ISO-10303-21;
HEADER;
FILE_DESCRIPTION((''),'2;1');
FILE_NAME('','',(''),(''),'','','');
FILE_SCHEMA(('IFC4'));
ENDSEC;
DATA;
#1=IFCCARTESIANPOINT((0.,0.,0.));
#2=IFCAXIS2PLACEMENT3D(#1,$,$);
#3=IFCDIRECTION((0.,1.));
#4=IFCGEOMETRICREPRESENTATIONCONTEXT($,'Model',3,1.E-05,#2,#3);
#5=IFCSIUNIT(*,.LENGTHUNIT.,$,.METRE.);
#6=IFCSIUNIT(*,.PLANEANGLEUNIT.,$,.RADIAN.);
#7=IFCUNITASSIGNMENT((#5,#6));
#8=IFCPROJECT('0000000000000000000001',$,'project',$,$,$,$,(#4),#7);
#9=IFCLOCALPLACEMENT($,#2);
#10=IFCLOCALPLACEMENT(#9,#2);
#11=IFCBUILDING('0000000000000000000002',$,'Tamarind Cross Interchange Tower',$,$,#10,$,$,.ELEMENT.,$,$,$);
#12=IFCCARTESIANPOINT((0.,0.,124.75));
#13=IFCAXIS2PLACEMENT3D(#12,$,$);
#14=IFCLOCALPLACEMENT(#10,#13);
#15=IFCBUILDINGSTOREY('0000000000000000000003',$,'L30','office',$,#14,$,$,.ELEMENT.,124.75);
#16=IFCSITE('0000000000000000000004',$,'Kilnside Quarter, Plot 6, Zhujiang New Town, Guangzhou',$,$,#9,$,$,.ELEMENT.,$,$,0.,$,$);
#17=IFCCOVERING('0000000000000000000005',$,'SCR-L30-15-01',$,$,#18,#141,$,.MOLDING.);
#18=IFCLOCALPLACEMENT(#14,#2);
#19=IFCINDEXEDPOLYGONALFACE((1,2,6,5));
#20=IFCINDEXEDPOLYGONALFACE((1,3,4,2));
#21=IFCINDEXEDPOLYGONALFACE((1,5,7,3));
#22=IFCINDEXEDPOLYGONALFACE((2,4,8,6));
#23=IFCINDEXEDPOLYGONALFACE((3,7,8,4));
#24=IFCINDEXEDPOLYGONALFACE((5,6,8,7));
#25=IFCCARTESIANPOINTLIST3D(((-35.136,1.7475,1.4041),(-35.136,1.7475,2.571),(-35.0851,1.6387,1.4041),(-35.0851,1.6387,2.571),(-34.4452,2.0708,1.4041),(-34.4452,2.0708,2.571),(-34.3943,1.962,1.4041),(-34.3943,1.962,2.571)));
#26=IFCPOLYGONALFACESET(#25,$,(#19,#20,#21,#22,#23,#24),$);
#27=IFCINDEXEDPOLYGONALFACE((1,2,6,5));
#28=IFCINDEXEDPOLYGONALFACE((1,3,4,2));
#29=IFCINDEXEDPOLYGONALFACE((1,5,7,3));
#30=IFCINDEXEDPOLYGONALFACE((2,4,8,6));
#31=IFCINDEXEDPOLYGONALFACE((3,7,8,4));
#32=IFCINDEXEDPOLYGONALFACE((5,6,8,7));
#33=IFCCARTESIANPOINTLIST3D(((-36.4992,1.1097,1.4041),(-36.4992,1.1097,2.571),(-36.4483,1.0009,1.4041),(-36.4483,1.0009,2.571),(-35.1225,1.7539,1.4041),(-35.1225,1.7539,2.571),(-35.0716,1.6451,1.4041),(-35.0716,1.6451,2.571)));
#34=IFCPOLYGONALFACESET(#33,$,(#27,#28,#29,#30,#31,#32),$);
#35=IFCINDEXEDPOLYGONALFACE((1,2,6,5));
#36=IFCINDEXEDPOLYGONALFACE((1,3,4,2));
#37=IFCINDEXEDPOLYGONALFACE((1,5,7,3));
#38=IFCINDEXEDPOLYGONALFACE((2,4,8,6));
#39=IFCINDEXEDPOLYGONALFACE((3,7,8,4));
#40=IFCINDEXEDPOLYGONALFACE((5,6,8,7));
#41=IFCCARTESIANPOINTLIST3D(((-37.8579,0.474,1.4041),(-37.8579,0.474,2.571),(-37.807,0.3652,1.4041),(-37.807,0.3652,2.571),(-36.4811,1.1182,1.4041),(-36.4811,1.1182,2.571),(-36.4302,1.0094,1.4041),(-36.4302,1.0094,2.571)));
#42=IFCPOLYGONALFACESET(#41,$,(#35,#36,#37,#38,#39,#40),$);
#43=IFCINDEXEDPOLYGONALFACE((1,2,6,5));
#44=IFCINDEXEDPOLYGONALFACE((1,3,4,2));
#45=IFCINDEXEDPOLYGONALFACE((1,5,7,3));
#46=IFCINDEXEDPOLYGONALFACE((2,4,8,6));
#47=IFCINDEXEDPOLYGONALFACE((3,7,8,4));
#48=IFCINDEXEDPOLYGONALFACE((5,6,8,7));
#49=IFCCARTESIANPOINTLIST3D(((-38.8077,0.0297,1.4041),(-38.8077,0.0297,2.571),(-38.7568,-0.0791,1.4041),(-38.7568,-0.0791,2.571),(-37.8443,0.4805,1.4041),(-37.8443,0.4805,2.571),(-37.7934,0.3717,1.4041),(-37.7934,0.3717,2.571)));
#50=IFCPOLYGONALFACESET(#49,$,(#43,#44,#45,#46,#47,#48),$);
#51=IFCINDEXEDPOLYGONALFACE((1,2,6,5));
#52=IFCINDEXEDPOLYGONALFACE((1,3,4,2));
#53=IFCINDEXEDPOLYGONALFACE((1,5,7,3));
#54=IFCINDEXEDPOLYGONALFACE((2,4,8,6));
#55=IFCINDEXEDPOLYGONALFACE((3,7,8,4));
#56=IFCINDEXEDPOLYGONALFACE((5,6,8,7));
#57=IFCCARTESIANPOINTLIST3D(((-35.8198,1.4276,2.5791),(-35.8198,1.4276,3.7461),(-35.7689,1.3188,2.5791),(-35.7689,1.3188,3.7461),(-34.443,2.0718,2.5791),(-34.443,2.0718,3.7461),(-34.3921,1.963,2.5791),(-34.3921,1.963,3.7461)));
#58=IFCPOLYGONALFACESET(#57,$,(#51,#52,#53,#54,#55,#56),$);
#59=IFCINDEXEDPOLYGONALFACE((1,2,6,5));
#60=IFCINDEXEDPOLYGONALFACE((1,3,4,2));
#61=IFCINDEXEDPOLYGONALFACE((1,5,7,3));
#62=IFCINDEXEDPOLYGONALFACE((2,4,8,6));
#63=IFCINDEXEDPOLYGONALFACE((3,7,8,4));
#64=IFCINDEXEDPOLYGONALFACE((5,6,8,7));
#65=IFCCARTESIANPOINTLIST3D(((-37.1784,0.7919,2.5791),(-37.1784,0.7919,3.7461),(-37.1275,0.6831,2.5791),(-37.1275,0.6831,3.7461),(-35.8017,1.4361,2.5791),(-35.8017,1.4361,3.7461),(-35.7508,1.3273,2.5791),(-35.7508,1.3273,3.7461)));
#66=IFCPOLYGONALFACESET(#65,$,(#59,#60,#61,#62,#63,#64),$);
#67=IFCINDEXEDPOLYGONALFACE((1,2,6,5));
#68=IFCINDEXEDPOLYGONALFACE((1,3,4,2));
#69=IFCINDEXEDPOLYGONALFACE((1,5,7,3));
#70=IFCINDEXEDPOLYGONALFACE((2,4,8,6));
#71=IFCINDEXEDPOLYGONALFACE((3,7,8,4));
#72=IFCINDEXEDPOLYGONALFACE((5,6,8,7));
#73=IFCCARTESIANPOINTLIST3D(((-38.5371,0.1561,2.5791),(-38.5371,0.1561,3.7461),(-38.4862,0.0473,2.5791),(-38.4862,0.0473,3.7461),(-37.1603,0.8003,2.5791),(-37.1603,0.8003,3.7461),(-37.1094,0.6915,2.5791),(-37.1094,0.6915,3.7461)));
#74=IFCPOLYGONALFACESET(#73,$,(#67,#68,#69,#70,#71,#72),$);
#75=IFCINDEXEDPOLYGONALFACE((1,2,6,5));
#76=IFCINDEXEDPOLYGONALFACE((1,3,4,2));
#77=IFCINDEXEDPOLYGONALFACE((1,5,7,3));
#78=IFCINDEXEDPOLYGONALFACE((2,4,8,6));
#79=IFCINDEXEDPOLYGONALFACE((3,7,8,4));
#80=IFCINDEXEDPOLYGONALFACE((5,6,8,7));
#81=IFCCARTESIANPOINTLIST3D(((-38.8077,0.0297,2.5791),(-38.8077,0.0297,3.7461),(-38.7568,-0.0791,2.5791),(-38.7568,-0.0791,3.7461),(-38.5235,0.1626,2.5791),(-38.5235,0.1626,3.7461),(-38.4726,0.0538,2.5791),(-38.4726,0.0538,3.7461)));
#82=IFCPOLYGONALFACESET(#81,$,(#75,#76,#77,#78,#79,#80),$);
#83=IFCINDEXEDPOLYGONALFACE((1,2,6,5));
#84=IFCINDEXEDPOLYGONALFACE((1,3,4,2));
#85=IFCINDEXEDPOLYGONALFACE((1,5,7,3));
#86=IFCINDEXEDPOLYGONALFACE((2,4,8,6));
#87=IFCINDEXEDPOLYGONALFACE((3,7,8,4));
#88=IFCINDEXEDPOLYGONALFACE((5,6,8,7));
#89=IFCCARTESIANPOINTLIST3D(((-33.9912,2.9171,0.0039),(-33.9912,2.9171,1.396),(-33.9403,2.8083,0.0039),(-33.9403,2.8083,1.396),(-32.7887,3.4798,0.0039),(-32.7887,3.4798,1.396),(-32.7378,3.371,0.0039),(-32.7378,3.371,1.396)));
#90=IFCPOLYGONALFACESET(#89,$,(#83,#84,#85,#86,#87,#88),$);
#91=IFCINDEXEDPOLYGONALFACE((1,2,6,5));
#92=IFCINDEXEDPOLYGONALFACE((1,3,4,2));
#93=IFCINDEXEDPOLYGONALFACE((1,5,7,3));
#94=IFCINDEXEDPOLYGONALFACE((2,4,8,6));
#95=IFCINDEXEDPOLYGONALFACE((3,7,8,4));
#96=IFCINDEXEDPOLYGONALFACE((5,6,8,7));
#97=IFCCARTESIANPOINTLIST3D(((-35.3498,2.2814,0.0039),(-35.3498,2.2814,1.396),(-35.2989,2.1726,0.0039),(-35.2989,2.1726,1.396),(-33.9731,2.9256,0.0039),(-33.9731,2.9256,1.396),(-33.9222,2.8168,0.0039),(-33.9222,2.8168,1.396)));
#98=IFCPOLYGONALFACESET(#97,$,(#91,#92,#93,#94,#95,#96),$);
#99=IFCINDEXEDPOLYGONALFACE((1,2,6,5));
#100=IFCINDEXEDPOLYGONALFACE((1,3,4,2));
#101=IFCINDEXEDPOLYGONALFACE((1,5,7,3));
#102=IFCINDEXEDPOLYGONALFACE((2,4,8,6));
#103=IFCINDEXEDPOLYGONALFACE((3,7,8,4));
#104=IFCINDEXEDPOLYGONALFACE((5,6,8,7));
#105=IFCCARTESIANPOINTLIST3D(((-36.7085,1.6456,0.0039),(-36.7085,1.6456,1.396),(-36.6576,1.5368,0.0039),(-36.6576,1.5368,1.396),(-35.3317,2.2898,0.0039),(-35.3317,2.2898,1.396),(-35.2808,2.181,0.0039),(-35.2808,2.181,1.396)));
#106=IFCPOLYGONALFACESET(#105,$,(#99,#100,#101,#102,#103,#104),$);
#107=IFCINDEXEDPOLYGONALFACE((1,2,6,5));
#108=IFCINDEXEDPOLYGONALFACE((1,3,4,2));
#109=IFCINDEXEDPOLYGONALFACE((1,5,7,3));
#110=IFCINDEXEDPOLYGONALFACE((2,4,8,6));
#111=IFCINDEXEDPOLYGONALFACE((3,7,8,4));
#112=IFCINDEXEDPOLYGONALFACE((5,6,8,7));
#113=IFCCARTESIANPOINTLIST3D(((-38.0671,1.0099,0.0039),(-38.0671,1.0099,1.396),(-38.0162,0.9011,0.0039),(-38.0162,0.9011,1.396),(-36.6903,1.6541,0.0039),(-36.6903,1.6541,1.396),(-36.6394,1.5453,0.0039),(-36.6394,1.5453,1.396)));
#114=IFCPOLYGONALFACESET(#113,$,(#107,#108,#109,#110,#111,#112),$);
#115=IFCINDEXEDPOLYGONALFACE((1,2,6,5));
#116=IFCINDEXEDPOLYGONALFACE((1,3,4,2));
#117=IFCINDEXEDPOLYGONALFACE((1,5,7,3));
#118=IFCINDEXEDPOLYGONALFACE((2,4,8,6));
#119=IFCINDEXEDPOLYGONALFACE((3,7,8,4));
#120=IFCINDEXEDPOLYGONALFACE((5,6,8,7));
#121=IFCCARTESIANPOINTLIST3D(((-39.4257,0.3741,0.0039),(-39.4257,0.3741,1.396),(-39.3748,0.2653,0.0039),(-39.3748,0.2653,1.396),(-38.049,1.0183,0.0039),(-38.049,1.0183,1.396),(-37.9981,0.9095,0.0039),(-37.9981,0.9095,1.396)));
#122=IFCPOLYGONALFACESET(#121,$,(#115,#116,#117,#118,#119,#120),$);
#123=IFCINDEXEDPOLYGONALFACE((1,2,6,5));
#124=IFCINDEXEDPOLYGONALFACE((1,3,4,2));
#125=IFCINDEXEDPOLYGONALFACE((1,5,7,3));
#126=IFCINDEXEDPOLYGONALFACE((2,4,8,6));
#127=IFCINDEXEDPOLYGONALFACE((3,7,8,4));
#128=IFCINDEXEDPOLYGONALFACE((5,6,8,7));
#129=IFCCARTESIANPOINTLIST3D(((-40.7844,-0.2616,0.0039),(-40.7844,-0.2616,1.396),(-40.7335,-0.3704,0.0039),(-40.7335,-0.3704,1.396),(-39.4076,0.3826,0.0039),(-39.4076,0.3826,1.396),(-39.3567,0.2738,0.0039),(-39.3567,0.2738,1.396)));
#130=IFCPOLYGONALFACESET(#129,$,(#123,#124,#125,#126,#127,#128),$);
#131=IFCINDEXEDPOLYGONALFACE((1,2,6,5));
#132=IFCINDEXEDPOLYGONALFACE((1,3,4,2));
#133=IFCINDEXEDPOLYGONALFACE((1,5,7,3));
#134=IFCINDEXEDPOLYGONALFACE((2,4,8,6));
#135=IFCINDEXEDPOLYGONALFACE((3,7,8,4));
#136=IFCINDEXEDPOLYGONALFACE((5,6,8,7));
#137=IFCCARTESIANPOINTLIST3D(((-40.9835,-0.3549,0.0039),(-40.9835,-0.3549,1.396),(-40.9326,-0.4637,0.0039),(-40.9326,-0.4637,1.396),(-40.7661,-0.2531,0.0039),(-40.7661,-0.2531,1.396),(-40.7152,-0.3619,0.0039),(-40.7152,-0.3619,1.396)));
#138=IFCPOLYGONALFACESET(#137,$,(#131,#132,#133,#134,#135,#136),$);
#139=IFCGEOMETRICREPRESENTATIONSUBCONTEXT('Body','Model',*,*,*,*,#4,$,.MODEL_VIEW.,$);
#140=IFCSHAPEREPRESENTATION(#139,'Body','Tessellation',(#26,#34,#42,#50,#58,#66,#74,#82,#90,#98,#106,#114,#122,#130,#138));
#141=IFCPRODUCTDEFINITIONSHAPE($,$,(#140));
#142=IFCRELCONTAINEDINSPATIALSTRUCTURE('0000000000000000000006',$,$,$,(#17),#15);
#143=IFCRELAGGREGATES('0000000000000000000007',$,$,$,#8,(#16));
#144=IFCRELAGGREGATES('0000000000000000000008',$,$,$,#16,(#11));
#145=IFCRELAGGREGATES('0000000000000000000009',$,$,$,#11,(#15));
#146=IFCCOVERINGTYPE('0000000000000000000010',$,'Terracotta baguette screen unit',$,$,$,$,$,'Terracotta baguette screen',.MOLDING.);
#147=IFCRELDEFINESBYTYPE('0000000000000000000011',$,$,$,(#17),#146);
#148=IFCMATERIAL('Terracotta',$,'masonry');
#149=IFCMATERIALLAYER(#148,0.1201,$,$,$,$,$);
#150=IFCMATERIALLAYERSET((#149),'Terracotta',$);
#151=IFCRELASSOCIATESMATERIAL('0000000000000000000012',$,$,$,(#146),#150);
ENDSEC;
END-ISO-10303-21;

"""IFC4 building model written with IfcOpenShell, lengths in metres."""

from ifc_helpers import new_model, si_unit, direction, frame, origin, origin_2d, place, context, subcontext, project, spatial, rectangle, extrude, material, layer, layer_set, type_object, element, save


model = new_model("IFC4")

# Units and contexts
model_context = context("Model", 3, precision=1e-05, world=origin(), true_north=direction((0.0, 1.0)))
body_context = subcontext(model_context, "Body", "Model", "MODEL_VIEW")
ifc_project = project(units=[si_unit("LENGTHUNIT", "METRE"), si_unit("PLANEANGLEUNIT", "RADIAN")], contexts=[model_context])

# Site, building, storey
site_placement = place(None, origin())
site = spatial("IfcSite", under=ifc_project, at=site_placement, Name="Kilnside Quarter, Plot 6, Zhujiang New Town, Guangzhou", CompositionType="ELEMENT", RefElevation=0.0)
building_placement = place(site_placement, origin())
building = spatial("IfcBuilding", under=site, at=building_placement, Name="Tamarind Cross Interchange Tower", CompositionType="ELEMENT")
storey_placement = place(building_placement, frame((0.0, 0.0, 124.75)))
storey = spatial("IfcBuildingStorey", under=building, at=storey_placement, Name="L30", Description="office", CompositionType="ELEMENT", Elevation=124.75)

# Covering
ifc_material_1 = material(Name="Terracotta", Category="masonry")
ifc_layer_1 = layer(ifc_material_1, 0.1201)
ifc_layer_set_1 = layer_set([ifc_layer_1], Name="Terracotta")
covering_type = type_object("IfcCoveringType", Name="Terracotta baguette screen unit", ElementType="Terracotta baguette screen", PredefinedType="MOLDING", material=ifc_layer_set_1)
covering_1_placement = place(storey_placement, origin())
element("IfcCovering", 1, at=covering_1_placement, inside=storey, type_object=covering_type, Name="SCR-L30-15-01", PredefinedType="MOLDING", context=body_context, shape_type="SweptSolid", body=[
    extrude(rectangle(XDim=0.7627, YDim=0.1201, at=origin_2d()), frame((-34.7651, 1.8547, 1.4041), z_axis=(0.0, 0.0, 1.0), x_axis=(-0.905752, -0.423807, 0.0)), (0.0, 0.0, 1.0), 1.167),
    extrude(rectangle(XDim=1.52, YDim=0.1201, at=origin_2d()), frame((-35.7854, 1.3774, 1.4041), z_axis=(0.0, 0.0, 1.0), x_axis=(-0.905752, -0.423807, 0.0)), (0.0, 0.0, 1.0), 1.167),
    extrude(rectangle(XDim=1.52, YDim=0.1201, at=origin_2d()), frame((-37.144, 0.7417, 1.4041), z_axis=(0.0, 0.0, 1.0), x_axis=(-0.905752, -0.423807, 0.0)), (0.0, 0.0, 1.0), 1.167),
    extrude(rectangle(XDim=1.0637, YDim=0.1201, at=origin_2d()), frame((-38.3005, 0.2007, 1.4041), z_axis=(0.0, 0.0, 1.0), x_axis=(-0.905752, -0.423807, 0.0)), (0.0, 0.0, 1.0), 1.167),
    extrude(rectangle(XDim=1.52, YDim=0.1201, at=origin_2d()), frame((-35.106, 1.6953, 2.5791), z_axis=(0.0, 0.0, 1.0), x_axis=(-0.905752, -0.423807, 0.0)), (0.0, 0.0, 1.0), 1.167),
    extrude(rectangle(XDim=1.52, YDim=0.1201, at=origin_2d()), frame((-36.4646, 1.0596, 2.5791), z_axis=(0.0, 0.0, 1.0), x_axis=(-0.905752, -0.423807, 0.0)), (0.0, 0.0, 1.0), 1.167),
    extrude(rectangle(XDim=1.52, YDim=0.1201, at=origin_2d()), frame((-37.8232, 0.4238, 2.5791), z_axis=(0.0, 0.0, 1.0), x_axis=(-0.905752, -0.423807, 0.0)), (0.0, 0.0, 1.0), 1.167),
    extrude(rectangle(XDim=0.3137, YDim=0.1201, at=origin_2d()), frame((-38.6401, 0.0417, 2.5791), z_axis=(0.0, 0.0, 1.0), x_axis=(-0.905752, -0.423807, 0.0)), (0.0, 0.0, 1.0), 1.167),
    extrude(rectangle(XDim=1.3276, YDim=0.1201, at=origin_2d()), frame((-33.3645, 3.144, 0.0039), z_axis=(0.0, 0.0, 1.0), x_axis=(-0.905752, -0.423807, 0.0)), (0.0, 0.0, 1.0), 1.3921),
    extrude(rectangle(XDim=1.52, YDim=0.1201, at=origin_2d()), frame((-34.636, 2.5491, 0.0039), z_axis=(0.0, 0.0, 1.0), x_axis=(-0.905752, -0.423807, 0.0)), (0.0, 0.0, 1.0), 1.3921),
    extrude(rectangle(XDim=1.52, YDim=0.1201, at=origin_2d()), frame((-35.9946, 1.9133, 0.0039), z_axis=(0.0, 0.0, 1.0), x_axis=(-0.905752, -0.423807, 0.0)), (0.0, 0.0, 1.0), 1.3921),
    extrude(rectangle(XDim=1.52, YDim=0.1201, at=origin_2d()), frame((-37.3533, 1.2776, 0.0039), z_axis=(0.0, 0.0, 1.0), x_axis=(-0.905752, -0.423807, 0.0)), (0.0, 0.0, 1.0), 1.3921),
    extrude(rectangle(XDim=1.52, YDim=0.1201, at=origin_2d()), frame((-38.7119, 0.6418, 0.0039), z_axis=(0.0, 0.0, 1.0), x_axis=(-0.905752, -0.423807, 0.0)), (0.0, 0.0, 1.0), 1.3921),
    extrude(rectangle(XDim=1.52, YDim=0.1201, at=origin_2d()), frame((-40.0706, 0.0061, 0.0039), z_axis=(0.0, 0.0, 1.0), x_axis=(-0.905752, -0.423807, 0.0)), (0.0, 0.0, 1.0), 1.3921),
    extrude(rectangle(XDim=0.24, YDim=0.1201, at=origin_2d()), frame((-40.8494, -0.3584, 0.0039), z_axis=(0.0, 0.0, 1.0), x_axis=(-0.905752, -0.423807, 0.0)), (0.0, 0.0, 1.0), 1.3921),
])

save(model, "model.ifc")
